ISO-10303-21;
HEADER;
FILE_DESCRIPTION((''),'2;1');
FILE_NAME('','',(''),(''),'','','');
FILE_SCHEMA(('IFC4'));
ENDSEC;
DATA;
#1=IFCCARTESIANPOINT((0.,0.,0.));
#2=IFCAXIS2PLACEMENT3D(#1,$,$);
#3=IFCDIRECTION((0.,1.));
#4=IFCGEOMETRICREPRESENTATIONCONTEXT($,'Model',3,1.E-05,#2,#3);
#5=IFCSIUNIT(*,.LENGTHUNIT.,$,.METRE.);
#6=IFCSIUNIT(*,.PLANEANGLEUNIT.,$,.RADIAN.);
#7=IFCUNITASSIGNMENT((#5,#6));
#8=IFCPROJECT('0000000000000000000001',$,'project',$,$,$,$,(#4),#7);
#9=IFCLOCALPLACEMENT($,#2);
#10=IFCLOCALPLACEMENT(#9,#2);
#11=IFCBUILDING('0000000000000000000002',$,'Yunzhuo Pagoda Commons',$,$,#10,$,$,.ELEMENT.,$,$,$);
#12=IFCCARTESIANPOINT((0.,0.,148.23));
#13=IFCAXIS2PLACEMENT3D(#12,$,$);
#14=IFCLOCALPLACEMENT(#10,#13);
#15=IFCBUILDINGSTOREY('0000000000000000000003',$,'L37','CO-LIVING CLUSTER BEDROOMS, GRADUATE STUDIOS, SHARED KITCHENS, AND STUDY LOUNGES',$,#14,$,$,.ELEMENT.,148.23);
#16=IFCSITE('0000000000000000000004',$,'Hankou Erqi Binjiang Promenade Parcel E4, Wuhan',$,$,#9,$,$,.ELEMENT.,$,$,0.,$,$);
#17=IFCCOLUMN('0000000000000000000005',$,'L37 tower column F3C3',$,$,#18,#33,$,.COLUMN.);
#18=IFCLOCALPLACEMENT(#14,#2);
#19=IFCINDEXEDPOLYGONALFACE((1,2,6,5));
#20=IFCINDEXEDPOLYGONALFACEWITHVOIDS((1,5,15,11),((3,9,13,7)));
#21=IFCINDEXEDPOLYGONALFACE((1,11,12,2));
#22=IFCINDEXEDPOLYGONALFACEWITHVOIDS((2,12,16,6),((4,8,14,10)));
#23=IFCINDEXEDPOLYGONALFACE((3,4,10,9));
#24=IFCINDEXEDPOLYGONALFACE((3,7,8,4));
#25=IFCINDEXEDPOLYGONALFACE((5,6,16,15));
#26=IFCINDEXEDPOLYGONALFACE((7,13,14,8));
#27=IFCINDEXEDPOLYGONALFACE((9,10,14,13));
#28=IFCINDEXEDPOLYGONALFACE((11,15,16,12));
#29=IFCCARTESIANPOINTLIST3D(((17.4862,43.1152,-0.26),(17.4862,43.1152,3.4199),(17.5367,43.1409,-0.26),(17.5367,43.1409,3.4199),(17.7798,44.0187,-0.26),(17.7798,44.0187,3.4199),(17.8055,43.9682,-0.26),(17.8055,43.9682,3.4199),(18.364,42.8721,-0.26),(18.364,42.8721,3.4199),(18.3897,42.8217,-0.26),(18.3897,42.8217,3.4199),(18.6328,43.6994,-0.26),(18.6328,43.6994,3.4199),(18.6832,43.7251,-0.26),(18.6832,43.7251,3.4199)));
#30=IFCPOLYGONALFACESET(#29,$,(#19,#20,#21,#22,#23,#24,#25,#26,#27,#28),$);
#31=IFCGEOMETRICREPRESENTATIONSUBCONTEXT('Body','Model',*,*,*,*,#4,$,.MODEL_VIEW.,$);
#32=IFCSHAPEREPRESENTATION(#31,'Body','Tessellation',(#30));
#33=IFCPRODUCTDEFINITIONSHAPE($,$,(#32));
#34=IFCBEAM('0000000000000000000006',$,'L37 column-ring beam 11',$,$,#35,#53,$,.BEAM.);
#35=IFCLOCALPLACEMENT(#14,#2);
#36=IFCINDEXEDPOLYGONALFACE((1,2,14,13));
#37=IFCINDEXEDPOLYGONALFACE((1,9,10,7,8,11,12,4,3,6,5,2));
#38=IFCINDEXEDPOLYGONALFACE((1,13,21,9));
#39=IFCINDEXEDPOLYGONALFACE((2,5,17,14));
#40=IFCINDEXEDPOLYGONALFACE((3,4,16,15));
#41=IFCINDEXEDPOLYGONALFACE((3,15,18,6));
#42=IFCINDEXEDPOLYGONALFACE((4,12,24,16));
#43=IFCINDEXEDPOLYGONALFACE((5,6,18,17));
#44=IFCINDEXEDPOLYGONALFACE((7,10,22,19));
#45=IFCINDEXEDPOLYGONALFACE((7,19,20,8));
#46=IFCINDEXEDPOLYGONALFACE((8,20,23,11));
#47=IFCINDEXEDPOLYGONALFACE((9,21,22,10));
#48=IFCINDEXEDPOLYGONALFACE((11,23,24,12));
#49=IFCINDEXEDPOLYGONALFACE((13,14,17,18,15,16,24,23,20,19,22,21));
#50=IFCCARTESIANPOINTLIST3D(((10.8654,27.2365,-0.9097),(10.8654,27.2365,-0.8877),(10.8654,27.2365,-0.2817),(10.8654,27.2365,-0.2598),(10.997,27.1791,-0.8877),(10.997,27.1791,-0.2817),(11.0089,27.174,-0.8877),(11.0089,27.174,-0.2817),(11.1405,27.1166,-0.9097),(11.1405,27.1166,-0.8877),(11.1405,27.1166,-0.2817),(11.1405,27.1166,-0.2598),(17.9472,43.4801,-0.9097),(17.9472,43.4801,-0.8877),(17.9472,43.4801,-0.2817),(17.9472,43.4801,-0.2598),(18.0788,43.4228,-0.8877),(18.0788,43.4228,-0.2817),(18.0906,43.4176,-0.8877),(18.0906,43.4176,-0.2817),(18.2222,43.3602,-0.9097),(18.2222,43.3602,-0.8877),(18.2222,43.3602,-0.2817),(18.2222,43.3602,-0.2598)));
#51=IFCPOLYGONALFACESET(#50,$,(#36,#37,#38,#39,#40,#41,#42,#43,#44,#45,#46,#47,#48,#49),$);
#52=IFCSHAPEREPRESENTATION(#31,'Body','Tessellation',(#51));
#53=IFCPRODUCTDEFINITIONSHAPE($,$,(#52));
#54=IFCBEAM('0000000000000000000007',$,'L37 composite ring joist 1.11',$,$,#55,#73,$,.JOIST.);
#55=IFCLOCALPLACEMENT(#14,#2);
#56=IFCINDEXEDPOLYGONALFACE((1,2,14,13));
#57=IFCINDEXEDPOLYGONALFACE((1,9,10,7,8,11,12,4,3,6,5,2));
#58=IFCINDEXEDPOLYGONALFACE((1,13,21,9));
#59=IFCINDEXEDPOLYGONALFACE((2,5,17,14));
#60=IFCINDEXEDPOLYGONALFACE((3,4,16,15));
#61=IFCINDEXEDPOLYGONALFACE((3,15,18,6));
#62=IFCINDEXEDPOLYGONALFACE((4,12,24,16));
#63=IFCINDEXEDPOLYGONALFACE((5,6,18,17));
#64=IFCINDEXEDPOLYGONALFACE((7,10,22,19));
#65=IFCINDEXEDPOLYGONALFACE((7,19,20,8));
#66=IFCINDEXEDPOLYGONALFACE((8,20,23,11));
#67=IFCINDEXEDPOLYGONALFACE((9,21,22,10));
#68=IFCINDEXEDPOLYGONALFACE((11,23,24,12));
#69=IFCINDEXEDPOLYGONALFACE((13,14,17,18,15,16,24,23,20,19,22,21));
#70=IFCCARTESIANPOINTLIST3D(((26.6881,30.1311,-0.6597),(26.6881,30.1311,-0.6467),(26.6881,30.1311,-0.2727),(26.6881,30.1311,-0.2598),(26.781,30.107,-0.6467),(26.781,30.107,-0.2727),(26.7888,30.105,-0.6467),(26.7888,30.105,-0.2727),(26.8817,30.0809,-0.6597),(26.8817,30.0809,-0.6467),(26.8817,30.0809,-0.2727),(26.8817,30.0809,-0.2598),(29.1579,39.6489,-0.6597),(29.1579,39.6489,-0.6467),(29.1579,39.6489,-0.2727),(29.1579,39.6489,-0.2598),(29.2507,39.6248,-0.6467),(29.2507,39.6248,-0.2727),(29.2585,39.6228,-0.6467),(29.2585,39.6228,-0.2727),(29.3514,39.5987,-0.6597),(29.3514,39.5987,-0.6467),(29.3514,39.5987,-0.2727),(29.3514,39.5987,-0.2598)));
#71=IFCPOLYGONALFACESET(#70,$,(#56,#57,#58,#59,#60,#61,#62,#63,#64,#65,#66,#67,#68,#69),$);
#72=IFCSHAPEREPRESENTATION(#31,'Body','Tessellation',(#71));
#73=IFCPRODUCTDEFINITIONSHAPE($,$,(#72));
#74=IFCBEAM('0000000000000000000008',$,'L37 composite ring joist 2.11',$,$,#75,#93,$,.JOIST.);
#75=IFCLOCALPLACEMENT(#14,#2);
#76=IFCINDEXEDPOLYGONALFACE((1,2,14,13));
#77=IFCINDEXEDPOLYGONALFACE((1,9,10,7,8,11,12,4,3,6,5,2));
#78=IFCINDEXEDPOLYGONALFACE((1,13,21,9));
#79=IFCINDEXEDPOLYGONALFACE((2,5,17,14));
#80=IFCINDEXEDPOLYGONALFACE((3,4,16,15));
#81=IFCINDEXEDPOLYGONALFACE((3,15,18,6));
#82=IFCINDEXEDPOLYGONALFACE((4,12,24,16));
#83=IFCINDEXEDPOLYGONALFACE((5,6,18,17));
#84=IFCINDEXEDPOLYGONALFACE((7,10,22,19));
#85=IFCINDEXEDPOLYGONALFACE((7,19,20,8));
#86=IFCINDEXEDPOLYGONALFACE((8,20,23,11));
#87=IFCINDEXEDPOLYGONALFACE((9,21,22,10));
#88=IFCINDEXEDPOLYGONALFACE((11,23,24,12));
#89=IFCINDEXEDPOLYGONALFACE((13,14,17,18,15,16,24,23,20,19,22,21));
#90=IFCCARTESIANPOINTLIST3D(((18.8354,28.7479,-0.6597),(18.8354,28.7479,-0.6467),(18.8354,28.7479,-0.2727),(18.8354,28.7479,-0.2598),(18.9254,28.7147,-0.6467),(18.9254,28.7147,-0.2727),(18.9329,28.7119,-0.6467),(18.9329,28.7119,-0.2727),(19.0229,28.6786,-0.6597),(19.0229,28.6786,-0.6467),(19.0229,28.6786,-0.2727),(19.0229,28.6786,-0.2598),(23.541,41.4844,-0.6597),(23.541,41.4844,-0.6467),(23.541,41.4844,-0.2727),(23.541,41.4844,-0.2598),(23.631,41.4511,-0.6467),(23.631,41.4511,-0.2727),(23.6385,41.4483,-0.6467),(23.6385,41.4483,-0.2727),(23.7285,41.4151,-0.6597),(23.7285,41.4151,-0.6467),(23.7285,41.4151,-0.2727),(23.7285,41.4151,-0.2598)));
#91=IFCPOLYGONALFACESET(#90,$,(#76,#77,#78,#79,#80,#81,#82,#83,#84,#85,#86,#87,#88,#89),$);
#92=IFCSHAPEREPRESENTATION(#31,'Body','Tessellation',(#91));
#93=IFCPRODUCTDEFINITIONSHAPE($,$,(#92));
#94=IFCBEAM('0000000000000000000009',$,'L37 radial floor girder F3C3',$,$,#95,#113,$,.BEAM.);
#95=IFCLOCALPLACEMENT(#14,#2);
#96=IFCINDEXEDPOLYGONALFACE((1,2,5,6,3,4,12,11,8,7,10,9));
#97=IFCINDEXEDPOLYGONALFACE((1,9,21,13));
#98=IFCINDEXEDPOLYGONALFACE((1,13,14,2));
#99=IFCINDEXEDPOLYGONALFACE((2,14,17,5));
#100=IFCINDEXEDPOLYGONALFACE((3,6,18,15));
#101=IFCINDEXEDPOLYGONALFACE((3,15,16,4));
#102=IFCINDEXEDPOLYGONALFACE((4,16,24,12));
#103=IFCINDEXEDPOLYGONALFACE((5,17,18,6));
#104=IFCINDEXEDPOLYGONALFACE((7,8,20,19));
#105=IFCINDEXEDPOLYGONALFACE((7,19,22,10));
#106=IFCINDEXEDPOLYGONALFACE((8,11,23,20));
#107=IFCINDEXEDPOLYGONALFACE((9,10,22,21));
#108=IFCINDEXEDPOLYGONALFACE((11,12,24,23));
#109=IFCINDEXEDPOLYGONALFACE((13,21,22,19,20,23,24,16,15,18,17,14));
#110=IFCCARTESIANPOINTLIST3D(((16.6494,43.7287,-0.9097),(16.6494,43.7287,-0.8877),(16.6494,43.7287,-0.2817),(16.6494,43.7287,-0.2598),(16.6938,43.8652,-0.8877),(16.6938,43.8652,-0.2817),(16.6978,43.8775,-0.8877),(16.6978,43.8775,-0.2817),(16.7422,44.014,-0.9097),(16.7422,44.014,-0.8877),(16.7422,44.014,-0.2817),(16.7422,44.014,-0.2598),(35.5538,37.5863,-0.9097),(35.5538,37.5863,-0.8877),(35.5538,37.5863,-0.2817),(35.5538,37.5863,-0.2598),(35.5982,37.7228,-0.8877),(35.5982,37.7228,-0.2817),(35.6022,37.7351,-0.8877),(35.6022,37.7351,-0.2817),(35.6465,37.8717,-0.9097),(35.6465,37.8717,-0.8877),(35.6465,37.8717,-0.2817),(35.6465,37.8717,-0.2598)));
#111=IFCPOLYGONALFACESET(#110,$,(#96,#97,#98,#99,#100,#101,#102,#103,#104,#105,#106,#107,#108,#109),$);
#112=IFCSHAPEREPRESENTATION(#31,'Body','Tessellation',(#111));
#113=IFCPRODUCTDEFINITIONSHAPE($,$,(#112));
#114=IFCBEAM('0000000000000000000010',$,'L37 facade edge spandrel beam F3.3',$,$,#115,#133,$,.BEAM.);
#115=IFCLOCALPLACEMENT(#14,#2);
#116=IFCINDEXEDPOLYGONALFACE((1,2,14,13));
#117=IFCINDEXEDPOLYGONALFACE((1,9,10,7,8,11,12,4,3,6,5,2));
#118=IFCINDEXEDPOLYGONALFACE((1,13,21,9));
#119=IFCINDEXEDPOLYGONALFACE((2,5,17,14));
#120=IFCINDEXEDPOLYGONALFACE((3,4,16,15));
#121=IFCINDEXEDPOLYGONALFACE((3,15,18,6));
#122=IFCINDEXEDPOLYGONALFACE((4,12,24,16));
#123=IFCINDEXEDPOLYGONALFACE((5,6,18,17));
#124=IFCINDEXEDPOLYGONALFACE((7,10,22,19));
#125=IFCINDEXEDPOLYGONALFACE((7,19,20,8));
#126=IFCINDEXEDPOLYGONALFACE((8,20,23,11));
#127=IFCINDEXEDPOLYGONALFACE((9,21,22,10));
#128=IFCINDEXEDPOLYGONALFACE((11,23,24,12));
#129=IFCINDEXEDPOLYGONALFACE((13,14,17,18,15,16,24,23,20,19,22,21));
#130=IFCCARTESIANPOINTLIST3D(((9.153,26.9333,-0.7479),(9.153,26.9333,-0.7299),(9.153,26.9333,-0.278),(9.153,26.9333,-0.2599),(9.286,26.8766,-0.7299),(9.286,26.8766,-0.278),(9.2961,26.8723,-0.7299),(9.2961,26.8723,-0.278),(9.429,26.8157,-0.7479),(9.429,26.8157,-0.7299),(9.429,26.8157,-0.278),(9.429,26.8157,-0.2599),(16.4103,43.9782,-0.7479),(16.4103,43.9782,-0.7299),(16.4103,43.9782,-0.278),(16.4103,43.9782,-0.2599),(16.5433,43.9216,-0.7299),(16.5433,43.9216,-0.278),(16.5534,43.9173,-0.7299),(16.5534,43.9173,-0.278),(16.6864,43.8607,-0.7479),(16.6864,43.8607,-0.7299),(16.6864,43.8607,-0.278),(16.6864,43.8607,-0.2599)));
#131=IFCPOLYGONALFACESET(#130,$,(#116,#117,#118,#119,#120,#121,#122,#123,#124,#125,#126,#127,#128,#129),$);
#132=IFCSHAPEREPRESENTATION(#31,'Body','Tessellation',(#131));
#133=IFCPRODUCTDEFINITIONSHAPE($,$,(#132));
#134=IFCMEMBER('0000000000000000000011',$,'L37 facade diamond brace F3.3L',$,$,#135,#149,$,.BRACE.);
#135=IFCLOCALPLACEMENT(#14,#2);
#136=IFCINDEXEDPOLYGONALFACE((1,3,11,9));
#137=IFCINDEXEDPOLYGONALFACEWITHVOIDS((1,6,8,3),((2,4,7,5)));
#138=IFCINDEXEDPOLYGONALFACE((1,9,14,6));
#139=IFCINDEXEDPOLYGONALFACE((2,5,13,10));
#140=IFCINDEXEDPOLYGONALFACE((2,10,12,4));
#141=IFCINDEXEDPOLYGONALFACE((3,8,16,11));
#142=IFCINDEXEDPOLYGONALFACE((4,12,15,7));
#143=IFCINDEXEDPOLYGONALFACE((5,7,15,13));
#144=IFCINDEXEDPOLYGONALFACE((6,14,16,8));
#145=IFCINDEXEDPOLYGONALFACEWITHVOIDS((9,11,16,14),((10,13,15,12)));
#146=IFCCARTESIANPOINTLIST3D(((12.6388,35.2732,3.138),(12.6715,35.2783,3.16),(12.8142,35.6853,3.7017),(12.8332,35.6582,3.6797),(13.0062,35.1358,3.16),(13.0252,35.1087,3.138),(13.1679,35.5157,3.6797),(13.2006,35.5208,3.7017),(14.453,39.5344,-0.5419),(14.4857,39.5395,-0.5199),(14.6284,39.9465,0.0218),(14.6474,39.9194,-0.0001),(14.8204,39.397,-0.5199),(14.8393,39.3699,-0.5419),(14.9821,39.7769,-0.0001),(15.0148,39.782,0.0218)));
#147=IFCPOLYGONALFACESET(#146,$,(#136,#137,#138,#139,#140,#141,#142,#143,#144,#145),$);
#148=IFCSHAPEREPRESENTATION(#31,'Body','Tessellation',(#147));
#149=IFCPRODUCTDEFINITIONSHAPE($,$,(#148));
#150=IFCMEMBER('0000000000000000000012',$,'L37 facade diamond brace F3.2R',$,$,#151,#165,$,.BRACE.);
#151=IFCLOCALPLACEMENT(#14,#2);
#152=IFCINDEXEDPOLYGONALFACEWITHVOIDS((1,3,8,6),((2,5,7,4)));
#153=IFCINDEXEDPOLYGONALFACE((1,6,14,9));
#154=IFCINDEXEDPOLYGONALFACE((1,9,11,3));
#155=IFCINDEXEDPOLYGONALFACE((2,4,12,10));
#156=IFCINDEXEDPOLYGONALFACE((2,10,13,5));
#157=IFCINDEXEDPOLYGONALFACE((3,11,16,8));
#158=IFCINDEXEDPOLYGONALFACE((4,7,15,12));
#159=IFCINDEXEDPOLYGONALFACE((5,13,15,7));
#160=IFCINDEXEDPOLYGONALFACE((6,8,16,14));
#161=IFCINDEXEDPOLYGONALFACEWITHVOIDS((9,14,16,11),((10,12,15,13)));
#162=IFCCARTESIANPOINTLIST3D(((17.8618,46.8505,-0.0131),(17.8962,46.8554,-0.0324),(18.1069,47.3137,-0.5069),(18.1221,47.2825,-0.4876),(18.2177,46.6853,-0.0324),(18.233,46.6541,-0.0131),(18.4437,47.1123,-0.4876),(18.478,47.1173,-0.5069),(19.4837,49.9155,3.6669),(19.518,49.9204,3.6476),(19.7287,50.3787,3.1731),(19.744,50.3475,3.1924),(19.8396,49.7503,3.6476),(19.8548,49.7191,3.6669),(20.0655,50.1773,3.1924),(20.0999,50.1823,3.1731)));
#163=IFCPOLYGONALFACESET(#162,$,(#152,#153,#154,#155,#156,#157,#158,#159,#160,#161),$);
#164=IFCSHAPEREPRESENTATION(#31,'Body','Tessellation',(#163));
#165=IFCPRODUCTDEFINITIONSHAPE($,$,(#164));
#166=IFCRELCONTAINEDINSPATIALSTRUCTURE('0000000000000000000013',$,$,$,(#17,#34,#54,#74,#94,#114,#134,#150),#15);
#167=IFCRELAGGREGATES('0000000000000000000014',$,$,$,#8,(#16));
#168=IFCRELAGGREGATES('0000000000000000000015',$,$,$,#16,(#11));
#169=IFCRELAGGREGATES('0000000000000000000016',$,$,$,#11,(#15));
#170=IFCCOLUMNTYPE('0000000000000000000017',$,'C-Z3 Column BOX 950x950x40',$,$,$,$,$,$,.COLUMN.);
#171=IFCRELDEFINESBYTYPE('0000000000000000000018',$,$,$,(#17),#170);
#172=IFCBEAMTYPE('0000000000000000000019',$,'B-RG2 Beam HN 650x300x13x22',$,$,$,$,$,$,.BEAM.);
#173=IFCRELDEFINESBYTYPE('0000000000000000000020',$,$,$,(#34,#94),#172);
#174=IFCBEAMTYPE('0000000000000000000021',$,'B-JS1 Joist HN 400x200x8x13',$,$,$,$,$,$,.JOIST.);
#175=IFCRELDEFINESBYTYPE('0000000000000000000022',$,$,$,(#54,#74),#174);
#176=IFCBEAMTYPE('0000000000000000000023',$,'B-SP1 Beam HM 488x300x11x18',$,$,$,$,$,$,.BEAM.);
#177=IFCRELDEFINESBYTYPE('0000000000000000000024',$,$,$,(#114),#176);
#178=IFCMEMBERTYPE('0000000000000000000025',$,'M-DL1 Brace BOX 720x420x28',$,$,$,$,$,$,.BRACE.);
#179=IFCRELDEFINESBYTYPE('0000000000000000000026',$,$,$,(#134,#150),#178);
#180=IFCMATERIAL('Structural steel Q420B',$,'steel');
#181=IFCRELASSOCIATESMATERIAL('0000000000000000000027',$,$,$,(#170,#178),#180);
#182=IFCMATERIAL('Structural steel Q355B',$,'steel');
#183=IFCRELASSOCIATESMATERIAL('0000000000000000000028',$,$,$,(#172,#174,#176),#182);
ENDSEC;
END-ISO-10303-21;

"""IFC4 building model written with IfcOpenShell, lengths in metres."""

from ifc_helpers import new_model, si_unit, direction, frame, origin, origin_2d, place, context, subcontext, project, spatial, hollow_rectangle, i_section, extrude, source, transform, mapped, material, material_profile, profile_set, type_object, element, save


model = new_model("IFC4")

# Units and contexts
model_context = context("Model", 3, precision=1e-05, world=origin(), true_north=direction((0.0, 1.0)))
body_context = subcontext(model_context, "Body", "Model", "MODEL_VIEW")
ifc_project = project(units=[si_unit("LENGTHUNIT", "METRE"), si_unit("PLANEANGLEUNIT", "RADIAN")], contexts=[model_context])

# Site, building, storey
site_placement = place(None, origin())
site = spatial("IfcSite", under=ifc_project, at=site_placement, Name="Hankou Erqi Binjiang Promenade Parcel E4, Wuhan", CompositionType="ELEMENT", RefElevation=0.0)
building_placement = place(site_placement, origin())
building = spatial("IfcBuilding", under=site, at=building_placement, Name="Yunzhuo Pagoda Commons", CompositionType="ELEMENT")
storey_placement = place(building_placement, frame((0.0, 0.0, 148.23)))
storey = spatial("IfcBuildingStorey", under=building, at=storey_placement, Name="L37", Description="CO-LIVING CLUSTER BEDROOMS, GRADUATE STUDIOS, SHARED KITCHENS, AND STUDY LOUNGES", CompositionType="ELEMENT", Elevation=148.23)

# Column
ifc_material_1 = material(Name="Structural steel Q420B", Category="steel")
ifc_material_profile_1 = material_profile(ifc_material_1, hollow_rectangle(XDim=0.95, YDim=0.95, WallThickness=0.04, at=origin_2d()), Name="Structural steel Q420B")
ifc_profile_set_1 = profile_set([ifc_material_profile_1], Name="Structural steel Q420B")
column_type = type_object("IfcColumnType", Name="C-Z3 Column BOX 950x950x40", PredefinedType="COLUMN", material=ifc_profile_set_1)
shared_shape_1 = source(origin(), body_context, "Body", "SweptSolid", [
    extrude(hollow_rectangle(XDim=0.95, YDim=0.95, WallThickness=0.04, at=origin_2d()), origin(), (0.0, 0.0, 1.0), 3.6799),
])
column_placement = place(storey_placement, frame((18.0847, 43.4202, -0.26), z_axis=(0.0, 0.0, 1.0), x_axis=(-0.309017, -0.951057, 0.0)))
element("IfcColumn", 1, at=column_placement, inside=storey, type_object=column_type, Name="L37 tower column F3C3", PredefinedType="COLUMN", context=body_context, shape_type="MappedRepresentation", body=[
    mapped(shared_shape_1, transform((0.0, 0.0, 0.0), scale=1.0)),
])

# Beams
ifc_material_2 = material(Name="Structural steel Q355B", Category="steel")
ifc_material_profile_2 = material_profile(ifc_material_2, i_section(OverallWidth=0.3, OverallDepth=0.6499, WebThickness=0.0129, FlangeThickness=0.022, at=origin_2d()), Name="Structural steel Q355B")
ifc_profile_set_2 = profile_set([ifc_material_profile_2], Name="Structural steel Q355B")
beam_type_1 = type_object("IfcBeamType", Name="B-RG2 Beam HN 650x300x13x22", PredefinedType="BEAM", material=ifc_profile_set_2)
shared_shape_2 = source(origin(), body_context, "Body", "SweptSolid", [
    extrude(i_section(OverallWidth=0.3, OverallDepth=0.6499, WebThickness=0.0129, FlangeThickness=0.022, at=origin_2d()), origin(), (0.0, 0.0, 1.0), 17.7202),
])
beam_1_placement = place(storey_placement, frame((18.0847, 43.4202, -0.5847), z_axis=(-0.399643, -0.916671, 0.0), x_axis=(0.916671, -0.399643, 0.0)))
element("IfcBeam", 2, at=beam_1_placement, inside=storey, type_object=beam_type_1, Name="L37 column-ring beam 11", PredefinedType="BEAM", context=body_context, shape_type="MappedRepresentation", body=[
    mapped(shared_shape_2, transform((0.0, 0.0, 0.0), scale=1.0)),
])
ifc_material_profile_3 = material_profile(ifc_material_2, i_section(OverallWidth=0.2, OverallDepth=0.3999, WebThickness=0.0081, FlangeThickness=0.0129, at=origin_2d()), Name="Structural steel Q355B")
ifc_profile_set_3 = profile_set([ifc_material_profile_3], Name="Structural steel Q355B")
beam_type_2 = type_object("IfcBeamType", Name="B-JS1 Joist HN 400x200x8x13", PredefinedType="JOIST", material=ifc_profile_set_3)
shared_shape_3 = source(origin(), body_context, "Body", "SweptSolid", [
    extrude(i_section(OverallWidth=0.2, OverallDepth=0.3999, WebThickness=0.0081, FlangeThickness=0.0129, at=origin_2d()), origin(), (0.0, 0.0, 1.0), 9.833),
])
beam_2_placement = place(storey_placement, frame((29.2546, 39.6238, -0.4597), z_axis=(-0.251166, -0.967944, 0.0), x_axis=(0.967944, -0.251166, 0.0)))
element("IfcBeam", 3, at=beam_2_placement, inside=storey, type_object=beam_type_2, Name="L37 composite ring joist 1.11", PredefinedType="JOIST", context=body_context, shape_type="MappedRepresentation", body=[
    mapped(shared_shape_3, transform((0.0, 0.0, 0.0), scale=1.0)),
])
shared_shape_4 = source(origin(), body_context, "Body", "SweptSolid", [
    extrude(i_section(OverallWidth=0.2, OverallDepth=0.3999, WebThickness=0.0081, FlangeThickness=0.0129, at=origin_2d()), origin(), (0.0, 0.0, 1.0), 13.5779),
])
beam_3_placement = place(storey_placement, frame((23.6348, 41.4497, -0.4597), z_axis=(-0.346563, -0.938027, 0.0), x_axis=(0.938027, -0.346563, 0.0)))
element("IfcBeam", 4, at=beam_3_placement, inside=storey, type_object=beam_type_2, Name="L37 composite ring joist 2.11", PredefinedType="JOIST", context=body_context, shape_type="MappedRepresentation", body=[
    mapped(shared_shape_4, transform((0.0, 0.0, 0.0), scale=1.0)),
])
shared_shape_5 = source(origin(), body_context, "Body", "SweptSolid", [
    extrude(i_section(OverallWidth=0.3, OverallDepth=0.6499, WebThickness=0.0129, FlangeThickness=0.022, at=origin_2d()), origin(), (0.0, 0.0, 1.0), 19.8772),
])
beam_4_placement = place(storey_placement, frame((16.6958, 43.8713, -0.5847), z_axis=(0.951057, -0.309015, 0.0), x_axis=(0.309015, 0.951057, 0.0)))
element("IfcBeam", 5, at=beam_4_placement, inside=storey, type_object=beam_type_1, Name="L37 radial floor girder F3C3", PredefinedType="BEAM", context=body_context, shape_type="MappedRepresentation", body=[
    mapped(shared_shape_5, transform((0.0, 0.0, 0.0), scale=1.0)),
])
ifc_material_profile_4 = material_profile(ifc_material_2, i_section(OverallWidth=0.3, OverallDepth=0.488, WebThickness=0.011, FlangeThickness=0.0181, at=origin_2d()), Name="Structural steel Q355B")
ifc_profile_set_4 = profile_set([ifc_material_profile_4], Name="Structural steel Q355B")
beam_type_3 = type_object("IfcBeamType", Name="B-SP1 Beam HM 488x300x11x18", PredefinedType="BEAM", material=ifc_profile_set_4)
shared_shape_6 = source(origin(), body_context, "Body", "SweptSolid", [
    extrude(i_section(OverallWidth=0.3, OverallDepth=0.488, WebThickness=0.011, FlangeThickness=0.0181, at=origin_2d()), origin(), (0.0, 0.0, 1.0), 18.5256),
])
beam_5_placement = place(storey_placement, frame((16.5483, 43.9194, -0.5039), z_axis=(-0.391746, -0.920074, 0.0), x_axis=(0.920074, -0.391746, 0.0)))
element("IfcBeam", 6, at=beam_5_placement, inside=storey, type_object=beam_type_3, Name="L37 facade edge spandrel beam F3.3", PredefinedType="BEAM", context=body_context, shape_type="MappedRepresentation", body=[
    mapped(shared_shape_6, transform((0.0, 0.0, 0.0), scale=1.0)),
])

# Members
ifc_material_profile_5 = material_profile(ifc_material_1, hollow_rectangle(XDim=0.4199, YDim=0.72, WallThickness=0.0281, at=origin_2d()), Name="Structural steel Q420B")
ifc_profile_set_5 = profile_set([ifc_material_profile_5], Name="Structural steel Q420B")
member_type_1 = type_object("IfcMemberType", Name="M-DL1 Brace BOX 720x420x28", PredefinedType="BRACE", material=ifc_profile_set_5)
shared_shape_7 = source(origin(), body_context, "Body", "SweptSolid", [
    extrude(hollow_rectangle(XDim=0.4199, YDim=0.72, WallThickness=0.0281, at=origin_2d()), origin(), (0.0, 0.0, 1.0), 5.9153),
])
member_1_placement = place(storey_placement, frame((14.7339, 39.6582, -0.26), z_axis=(-0.306695, -0.720369, 0.622099), x_axis=(0.920083, -0.391723, 0.0)))
element("IfcMember", 7, at=member_1_placement, inside=storey, type_object=member_type_1, Name="L37 facade diamond brace F3.3L", PredefinedType="BRACE", context=body_context, shape_type="MappedRepresentation", body=[
    mapped(shared_shape_7, transform((0.0, 0.0, 0.0), scale=1.0)),
])
shared_shape_8 = source(origin(), body_context, "Body", "SweptSolid", [
    extrude(hollow_rectangle(XDim=0.4199, YDim=0.72, WallThickness=0.0281, at=origin_2d()), origin(), (0.0, 0.0, 1.0), 5.0564),
])
member_2_placement = place(storey_placement, frame((18.1699, 46.9839, -0.26), z_axis=(0.320754, 0.606164, 0.727793), x_axis=(-0.883882, 0.46771, 0.0)))
element("IfcMember", 8, at=member_2_placement, inside=storey, type_object=member_type_1, Name="L37 facade diamond brace F3.2R", PredefinedType="BRACE", context=body_context, shape_type="MappedRepresentation", body=[
    mapped(shared_shape_8, transform((0.0, 0.0, 0.0), scale=1.0)),
])

save(model, "model.ifc")
